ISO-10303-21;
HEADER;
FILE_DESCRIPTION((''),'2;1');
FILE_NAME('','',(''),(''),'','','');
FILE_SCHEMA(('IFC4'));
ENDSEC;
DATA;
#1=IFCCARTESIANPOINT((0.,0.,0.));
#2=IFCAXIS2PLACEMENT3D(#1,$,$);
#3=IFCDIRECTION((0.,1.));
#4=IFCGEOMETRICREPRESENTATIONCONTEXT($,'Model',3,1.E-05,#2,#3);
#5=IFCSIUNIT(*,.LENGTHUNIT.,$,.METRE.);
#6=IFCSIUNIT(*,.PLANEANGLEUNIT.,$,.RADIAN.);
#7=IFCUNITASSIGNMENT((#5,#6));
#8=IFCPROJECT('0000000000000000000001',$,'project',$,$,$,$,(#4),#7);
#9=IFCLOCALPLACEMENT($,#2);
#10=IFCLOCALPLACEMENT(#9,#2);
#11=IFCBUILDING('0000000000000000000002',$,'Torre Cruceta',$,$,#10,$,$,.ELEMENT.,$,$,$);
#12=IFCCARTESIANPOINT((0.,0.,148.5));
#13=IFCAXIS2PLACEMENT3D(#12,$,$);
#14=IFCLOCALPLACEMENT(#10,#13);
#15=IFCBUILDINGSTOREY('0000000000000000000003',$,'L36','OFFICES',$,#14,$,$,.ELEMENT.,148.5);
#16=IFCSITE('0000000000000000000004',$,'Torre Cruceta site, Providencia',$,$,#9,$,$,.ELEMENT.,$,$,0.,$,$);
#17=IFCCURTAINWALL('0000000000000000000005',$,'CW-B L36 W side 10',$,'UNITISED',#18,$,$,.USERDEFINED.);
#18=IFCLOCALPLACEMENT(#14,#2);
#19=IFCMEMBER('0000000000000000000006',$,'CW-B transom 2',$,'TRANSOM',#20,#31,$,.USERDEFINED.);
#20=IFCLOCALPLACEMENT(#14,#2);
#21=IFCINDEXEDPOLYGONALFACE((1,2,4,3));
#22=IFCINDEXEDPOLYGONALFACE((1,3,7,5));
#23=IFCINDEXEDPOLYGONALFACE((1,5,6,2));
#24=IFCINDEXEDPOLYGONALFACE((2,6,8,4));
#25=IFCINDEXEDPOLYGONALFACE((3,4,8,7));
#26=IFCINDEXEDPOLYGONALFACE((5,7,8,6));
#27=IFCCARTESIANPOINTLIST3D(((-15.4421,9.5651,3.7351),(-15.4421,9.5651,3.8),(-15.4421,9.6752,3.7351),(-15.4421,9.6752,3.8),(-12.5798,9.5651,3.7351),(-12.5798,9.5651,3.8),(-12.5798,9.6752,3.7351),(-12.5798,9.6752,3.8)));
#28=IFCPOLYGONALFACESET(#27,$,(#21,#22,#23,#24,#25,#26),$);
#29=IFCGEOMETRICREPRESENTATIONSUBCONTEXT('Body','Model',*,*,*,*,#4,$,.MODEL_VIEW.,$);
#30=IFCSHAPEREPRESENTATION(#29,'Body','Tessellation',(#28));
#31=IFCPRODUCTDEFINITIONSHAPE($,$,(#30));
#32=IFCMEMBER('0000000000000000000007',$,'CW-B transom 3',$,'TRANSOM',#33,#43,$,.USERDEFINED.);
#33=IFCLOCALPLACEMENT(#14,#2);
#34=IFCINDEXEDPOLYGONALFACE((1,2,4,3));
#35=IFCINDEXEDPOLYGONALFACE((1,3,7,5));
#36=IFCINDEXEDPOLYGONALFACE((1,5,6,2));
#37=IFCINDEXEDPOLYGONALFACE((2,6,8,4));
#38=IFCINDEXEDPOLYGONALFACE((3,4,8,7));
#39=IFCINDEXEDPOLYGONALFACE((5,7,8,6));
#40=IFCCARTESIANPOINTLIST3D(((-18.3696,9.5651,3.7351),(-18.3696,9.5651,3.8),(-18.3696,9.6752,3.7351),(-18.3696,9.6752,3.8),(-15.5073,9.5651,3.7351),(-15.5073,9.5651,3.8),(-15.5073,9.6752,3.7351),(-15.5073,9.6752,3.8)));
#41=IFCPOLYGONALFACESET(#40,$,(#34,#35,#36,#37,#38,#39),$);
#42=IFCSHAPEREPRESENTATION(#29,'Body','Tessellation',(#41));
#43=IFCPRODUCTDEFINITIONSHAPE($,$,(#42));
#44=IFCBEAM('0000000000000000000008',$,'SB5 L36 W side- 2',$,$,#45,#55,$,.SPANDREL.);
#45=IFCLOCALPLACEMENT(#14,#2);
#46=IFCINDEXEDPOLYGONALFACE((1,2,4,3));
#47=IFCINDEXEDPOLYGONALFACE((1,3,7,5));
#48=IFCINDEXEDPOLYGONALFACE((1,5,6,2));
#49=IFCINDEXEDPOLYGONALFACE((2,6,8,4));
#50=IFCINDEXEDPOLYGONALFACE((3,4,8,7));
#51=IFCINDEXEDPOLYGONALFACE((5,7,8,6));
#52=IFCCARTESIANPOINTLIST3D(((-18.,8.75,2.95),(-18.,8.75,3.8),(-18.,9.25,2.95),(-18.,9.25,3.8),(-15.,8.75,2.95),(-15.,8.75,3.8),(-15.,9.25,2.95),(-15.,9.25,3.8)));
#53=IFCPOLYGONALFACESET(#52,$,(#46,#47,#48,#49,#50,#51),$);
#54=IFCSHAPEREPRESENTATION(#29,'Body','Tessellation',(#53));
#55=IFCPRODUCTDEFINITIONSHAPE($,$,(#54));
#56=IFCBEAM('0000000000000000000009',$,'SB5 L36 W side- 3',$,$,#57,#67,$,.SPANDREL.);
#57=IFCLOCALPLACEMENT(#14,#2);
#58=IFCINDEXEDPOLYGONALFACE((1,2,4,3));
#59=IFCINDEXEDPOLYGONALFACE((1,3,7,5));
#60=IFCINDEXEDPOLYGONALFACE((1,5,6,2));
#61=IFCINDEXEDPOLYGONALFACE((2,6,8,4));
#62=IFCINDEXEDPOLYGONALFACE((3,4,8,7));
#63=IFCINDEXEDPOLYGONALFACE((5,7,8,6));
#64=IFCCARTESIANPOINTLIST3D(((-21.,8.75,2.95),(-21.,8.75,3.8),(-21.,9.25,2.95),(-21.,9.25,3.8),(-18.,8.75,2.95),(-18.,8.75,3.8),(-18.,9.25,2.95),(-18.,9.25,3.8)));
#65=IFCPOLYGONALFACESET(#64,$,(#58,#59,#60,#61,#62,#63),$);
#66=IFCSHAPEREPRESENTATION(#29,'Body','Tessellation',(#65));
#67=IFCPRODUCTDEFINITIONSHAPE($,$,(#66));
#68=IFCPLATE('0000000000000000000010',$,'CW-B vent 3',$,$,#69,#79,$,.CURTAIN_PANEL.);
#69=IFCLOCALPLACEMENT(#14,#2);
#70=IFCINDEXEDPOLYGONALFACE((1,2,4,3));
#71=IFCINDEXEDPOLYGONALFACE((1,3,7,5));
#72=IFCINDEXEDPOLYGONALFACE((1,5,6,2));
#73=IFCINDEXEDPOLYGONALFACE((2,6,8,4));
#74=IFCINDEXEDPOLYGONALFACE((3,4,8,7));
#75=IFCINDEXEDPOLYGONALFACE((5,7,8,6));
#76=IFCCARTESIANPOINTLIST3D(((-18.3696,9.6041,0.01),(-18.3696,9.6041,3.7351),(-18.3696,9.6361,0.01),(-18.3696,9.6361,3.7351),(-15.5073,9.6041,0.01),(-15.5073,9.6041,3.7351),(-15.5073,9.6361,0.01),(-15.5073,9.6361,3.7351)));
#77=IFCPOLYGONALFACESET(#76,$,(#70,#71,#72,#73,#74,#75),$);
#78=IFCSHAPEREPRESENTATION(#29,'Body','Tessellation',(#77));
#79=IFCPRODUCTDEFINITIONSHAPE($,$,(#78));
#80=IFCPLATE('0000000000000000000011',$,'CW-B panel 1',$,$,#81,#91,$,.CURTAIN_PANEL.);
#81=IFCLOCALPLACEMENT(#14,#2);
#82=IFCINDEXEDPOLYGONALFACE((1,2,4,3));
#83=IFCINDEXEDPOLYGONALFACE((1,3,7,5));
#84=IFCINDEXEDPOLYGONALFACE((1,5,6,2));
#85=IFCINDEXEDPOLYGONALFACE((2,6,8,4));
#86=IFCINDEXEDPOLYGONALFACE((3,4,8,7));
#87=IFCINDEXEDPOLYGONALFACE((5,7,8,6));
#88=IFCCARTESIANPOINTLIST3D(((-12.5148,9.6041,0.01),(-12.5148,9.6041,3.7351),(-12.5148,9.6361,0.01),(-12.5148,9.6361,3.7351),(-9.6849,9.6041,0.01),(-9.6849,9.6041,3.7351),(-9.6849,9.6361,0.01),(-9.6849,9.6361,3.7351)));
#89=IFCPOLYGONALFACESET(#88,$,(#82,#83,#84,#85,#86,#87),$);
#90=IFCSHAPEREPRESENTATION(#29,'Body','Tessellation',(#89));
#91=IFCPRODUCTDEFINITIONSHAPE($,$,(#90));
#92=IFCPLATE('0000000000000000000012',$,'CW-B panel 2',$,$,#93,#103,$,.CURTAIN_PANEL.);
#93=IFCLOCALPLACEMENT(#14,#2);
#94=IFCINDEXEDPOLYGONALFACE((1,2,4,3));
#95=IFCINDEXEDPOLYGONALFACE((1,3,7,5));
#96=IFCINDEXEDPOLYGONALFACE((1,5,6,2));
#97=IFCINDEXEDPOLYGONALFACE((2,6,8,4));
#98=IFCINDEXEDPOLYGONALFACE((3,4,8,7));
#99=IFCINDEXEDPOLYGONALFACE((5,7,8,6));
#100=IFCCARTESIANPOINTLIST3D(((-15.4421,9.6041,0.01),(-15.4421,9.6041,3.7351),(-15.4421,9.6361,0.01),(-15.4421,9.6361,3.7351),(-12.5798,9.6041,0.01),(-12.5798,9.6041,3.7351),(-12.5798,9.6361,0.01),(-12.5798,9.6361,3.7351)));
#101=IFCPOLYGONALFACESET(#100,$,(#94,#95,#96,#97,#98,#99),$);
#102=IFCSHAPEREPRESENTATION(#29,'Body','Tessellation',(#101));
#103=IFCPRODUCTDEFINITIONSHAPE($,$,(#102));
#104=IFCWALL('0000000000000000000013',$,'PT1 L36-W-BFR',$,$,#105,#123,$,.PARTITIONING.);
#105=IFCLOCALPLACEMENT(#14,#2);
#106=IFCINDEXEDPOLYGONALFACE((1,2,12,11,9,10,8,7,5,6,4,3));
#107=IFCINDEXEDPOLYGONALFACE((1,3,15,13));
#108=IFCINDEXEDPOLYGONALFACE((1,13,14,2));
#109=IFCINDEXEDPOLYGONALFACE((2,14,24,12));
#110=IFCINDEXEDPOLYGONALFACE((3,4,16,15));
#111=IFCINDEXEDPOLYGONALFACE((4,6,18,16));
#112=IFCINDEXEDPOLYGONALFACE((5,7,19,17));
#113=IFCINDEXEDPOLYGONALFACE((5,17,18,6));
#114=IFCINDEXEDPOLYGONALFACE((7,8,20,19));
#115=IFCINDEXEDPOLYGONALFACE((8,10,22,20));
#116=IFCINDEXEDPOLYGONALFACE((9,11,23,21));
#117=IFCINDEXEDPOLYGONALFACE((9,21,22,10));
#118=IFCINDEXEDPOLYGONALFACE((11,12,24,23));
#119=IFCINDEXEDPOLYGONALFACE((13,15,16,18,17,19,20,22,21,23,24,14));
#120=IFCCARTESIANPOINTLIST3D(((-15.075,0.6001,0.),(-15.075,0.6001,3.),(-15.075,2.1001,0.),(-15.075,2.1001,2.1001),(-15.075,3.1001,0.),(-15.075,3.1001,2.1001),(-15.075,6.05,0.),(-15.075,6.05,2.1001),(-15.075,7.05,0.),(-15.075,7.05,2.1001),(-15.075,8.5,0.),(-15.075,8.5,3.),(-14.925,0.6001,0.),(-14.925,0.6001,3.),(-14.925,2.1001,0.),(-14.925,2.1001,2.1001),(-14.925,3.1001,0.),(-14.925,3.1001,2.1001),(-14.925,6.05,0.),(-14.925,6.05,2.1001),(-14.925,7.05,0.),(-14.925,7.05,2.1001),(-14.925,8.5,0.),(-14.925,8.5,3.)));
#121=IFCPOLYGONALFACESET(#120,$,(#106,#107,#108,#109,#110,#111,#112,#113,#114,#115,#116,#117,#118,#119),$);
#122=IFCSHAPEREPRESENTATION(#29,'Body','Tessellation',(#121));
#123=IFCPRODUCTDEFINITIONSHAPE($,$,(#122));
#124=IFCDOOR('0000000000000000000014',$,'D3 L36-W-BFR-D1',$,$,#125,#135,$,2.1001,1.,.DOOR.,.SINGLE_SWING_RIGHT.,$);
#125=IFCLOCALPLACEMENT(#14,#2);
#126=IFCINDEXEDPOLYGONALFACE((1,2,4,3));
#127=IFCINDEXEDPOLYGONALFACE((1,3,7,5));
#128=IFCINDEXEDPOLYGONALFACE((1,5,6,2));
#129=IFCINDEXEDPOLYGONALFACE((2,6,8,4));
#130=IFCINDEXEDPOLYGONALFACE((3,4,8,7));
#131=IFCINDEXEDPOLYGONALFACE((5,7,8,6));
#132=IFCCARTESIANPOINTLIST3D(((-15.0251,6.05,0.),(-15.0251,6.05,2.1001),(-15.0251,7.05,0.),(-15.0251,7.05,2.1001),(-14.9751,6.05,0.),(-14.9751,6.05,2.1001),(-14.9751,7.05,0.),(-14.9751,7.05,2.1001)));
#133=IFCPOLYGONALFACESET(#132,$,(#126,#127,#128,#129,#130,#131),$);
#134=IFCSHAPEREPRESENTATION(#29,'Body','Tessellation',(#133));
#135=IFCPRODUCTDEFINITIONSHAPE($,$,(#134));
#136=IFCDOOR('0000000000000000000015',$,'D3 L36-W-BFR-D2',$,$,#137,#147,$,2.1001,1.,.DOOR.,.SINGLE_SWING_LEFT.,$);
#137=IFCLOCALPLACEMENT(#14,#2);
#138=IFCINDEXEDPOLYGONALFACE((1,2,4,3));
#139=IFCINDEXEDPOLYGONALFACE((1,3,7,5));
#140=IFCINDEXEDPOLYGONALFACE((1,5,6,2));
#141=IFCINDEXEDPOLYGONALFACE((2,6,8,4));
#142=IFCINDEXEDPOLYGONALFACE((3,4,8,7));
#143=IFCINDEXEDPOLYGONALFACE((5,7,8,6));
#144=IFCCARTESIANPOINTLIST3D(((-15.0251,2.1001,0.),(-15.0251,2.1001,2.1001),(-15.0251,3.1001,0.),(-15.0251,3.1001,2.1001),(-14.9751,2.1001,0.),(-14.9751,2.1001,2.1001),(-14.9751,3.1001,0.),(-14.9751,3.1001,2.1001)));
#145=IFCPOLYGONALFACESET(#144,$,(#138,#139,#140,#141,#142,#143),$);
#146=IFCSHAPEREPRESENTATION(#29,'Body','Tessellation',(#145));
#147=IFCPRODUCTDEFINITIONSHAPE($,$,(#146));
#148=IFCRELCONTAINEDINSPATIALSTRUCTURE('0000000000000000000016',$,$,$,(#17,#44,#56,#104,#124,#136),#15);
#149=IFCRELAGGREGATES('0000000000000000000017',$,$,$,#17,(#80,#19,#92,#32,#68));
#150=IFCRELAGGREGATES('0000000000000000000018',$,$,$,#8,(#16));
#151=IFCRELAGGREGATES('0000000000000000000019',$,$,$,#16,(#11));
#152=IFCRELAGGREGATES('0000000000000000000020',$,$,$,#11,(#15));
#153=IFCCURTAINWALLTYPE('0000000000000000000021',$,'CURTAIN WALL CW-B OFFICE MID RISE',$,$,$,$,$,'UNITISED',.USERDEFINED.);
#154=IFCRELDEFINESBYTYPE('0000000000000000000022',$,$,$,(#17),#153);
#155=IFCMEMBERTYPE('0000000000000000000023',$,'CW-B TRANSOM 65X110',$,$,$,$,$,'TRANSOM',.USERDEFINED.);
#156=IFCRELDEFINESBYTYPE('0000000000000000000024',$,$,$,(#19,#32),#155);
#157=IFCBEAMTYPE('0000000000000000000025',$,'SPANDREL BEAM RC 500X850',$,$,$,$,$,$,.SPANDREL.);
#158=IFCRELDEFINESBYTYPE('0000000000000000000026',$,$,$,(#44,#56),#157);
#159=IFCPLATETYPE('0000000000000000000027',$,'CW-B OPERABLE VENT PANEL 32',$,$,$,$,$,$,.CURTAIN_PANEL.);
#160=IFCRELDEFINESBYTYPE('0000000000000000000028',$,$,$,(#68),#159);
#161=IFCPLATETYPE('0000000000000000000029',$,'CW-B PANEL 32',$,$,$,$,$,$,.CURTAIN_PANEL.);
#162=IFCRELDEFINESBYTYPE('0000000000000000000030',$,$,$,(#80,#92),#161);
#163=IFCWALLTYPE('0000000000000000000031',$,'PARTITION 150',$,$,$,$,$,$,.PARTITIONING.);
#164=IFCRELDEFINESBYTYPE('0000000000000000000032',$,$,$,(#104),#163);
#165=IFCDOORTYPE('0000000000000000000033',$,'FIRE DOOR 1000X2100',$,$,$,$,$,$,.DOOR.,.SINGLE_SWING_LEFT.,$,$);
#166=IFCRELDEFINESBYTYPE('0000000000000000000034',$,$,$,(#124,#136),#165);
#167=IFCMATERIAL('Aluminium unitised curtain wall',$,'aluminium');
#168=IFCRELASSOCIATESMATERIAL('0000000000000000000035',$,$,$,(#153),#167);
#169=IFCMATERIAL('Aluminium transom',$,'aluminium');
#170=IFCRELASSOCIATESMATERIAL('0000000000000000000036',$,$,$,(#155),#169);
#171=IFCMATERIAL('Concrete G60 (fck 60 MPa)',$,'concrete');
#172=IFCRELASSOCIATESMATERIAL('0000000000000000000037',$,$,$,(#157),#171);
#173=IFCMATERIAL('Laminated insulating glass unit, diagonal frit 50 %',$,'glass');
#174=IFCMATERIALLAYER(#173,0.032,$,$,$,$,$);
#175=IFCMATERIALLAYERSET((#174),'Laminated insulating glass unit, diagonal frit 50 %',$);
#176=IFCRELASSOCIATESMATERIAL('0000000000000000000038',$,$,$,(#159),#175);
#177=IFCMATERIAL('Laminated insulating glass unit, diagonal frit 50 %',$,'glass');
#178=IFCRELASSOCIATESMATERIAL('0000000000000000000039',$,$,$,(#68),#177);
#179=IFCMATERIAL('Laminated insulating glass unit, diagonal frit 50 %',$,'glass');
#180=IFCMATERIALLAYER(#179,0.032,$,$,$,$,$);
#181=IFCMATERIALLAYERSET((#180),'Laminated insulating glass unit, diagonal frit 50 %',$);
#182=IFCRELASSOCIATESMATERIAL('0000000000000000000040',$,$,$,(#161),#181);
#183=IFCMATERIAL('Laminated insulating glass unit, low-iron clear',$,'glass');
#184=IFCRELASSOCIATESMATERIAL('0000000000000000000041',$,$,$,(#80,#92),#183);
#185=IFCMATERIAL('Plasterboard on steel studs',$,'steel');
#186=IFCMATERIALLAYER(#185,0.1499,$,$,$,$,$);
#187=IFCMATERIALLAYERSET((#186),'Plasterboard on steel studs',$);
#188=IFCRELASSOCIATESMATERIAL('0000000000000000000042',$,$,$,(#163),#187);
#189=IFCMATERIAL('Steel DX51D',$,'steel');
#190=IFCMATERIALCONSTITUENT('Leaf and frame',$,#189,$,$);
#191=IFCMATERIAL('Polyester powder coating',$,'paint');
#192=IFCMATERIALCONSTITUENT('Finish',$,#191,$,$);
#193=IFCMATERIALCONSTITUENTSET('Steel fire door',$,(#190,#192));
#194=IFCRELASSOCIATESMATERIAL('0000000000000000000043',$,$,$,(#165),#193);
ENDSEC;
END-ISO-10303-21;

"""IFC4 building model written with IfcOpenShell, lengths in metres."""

from ifc_helpers import new_model, si_unit, direction, frame, frame_2d, origin, origin_2d, place, context, subcontext, project, spatial, rectangle, extrude, material, layer, layer_set, constituent, constituent_set, material_profile, profile_set, type_object, element, fill, aggregate, save


model = new_model("IFC4")

# Units and contexts
model_context = context("Model", 3, precision=1e-05, world=origin(), true_north=direction((0.0, 1.0)))
body_context = subcontext(model_context, "Body", "Model", "MODEL_VIEW")
ifc_project = project(units=[si_unit("LENGTHUNIT", "METRE"), si_unit("PLANEANGLEUNIT", "RADIAN")], contexts=[model_context])

# Site, building, storey
site_placement = place(None, origin())
site = spatial("IfcSite", under=ifc_project, at=site_placement, Name="Torre Cruceta site, Providencia", CompositionType="ELEMENT", RefElevation=0.0)
building_placement = place(site_placement, origin())
building = spatial("IfcBuilding", under=site, at=building_placement, Name="Torre Cruceta", CompositionType="ELEMENT")
storey_placement = place(building_placement, frame((0.0, 0.0, 148.5)))
storey = spatial("IfcBuildingStorey", under=building, at=storey_placement, Name="L36", Description="OFFICES", CompositionType="ELEMENT", Elevation=148.5)

# Curtain wall, members
ifc_material_1 = material(Name="Aluminium unitised curtain wall", Category="aluminium")
curtain_wall_type = type_object("IfcCurtainWallType", Name="CURTAIN WALL CW-B OFFICE MID RISE", ElementType="UNITISED", PredefinedType="USERDEFINED", material=ifc_material_1)
curtain_wall_placement = place(storey_placement, origin())
curtain_wall = element("IfcCurtainWall", 1, at=curtain_wall_placement, inside=storey, type_object=curtain_wall_type, Name="CW-B L36 W side 10", ObjectType="UNITISED", PredefinedType="USERDEFINED")
ifc_material_2 = material(Name="Aluminium transom", Category="aluminium")
ifc_material_profile_1 = material_profile(ifc_material_2, rectangle(XDim=0.1101, YDim=0.0649, at=origin_2d()), Name="AL 110X65")
ifc_profile_set_1 = profile_set([ifc_material_profile_1], Name="Aluminium transom")
member_type_1 = type_object("IfcMemberType", Name="CW-B TRANSOM 65X110", ElementType="TRANSOM", PredefinedType="USERDEFINED", material=ifc_profile_set_1)
member_1_placement = place(storey_placement, frame((-12.5798, 9.6201, 3.7676), z_axis=(-1.0, 0.0, 0.0), x_axis=(0.0, -1.0, 0.0)))
member_1 = element("IfcMember", 2, at=member_1_placement, type_object=member_type_1, Name="CW-B transom 2", ObjectType="TRANSOM", PredefinedType="USERDEFINED", context=body_context, shape_type="SweptSolid", body=[
    extrude(rectangle(XDim=0.1101, YDim=0.0649, at=origin_2d()), origin(), (0.0, 0.0, 1.0), 2.8623),
])
member_2_placement = place(storey_placement, frame((-15.5073, 9.6201, 3.7676), z_axis=(-1.0, 0.0, 0.0), x_axis=(0.0, -1.0, 0.0)))
member_2 = element("IfcMember", 3, at=member_2_placement, type_object=member_type_1, Name="CW-B transom 3", ObjectType="TRANSOM", PredefinedType="USERDEFINED", context=body_context, shape_type="SweptSolid", body=[
    extrude(rectangle(XDim=0.1101, YDim=0.0649, at=origin_2d()), origin(), (0.0, 0.0, 1.0), 2.8623),
])

# Beams
ifc_material_3 = material(Name="Concrete G60 (fck 60 MPa)", Category="concrete")
ifc_material_profile_2 = material_profile(ifc_material_3, rectangle(XDim=0.5, YDim=0.8501, at=origin_2d()), Name="RC 500X850")
ifc_profile_set_2 = profile_set([ifc_material_profile_2], Name="Concrete G60 (fck 60 MPa)")
beam_type_1 = type_object("IfcBeamType", Name="SPANDREL BEAM RC 500X850", PredefinedType="SPANDREL", material=ifc_profile_set_2)
for number, where, z_axis, x_axis, name in (
    (4, (-15.0, 9.0, 3.375), (-1.0, 0.0, 0.0), (0.0, -1.0, 0.0), "SB5 L36 W side- 2"),
    (5, (-18.0, 9.0, 3.375), (-1.0, 0.0, 0.0), (0.0, -1.0, 0.0), "SB5 L36 W side- 3"),
):
    element("IfcBeam", number, at=place(storey_placement, frame(where, z_axis=z_axis, x_axis=x_axis)), inside=storey, type_object=beam_type_1, Name=name, PredefinedType="SPANDREL", context=body_context, shape_type="SweptSolid", body=[
        extrude(rectangle(XDim=0.5, YDim=0.8501, at=origin_2d()), origin(), (0.0, 0.0, 1.0), 3.0),
    ])

# Plates
ifc_material_4 = material(Name="Laminated insulating glass unit, diagonal frit 50 %", Category="glass")
ifc_material_5 = material(Name="Laminated insulating glass unit, diagonal frit 50 %", Category="glass")
ifc_layer_1 = layer(ifc_material_5, 0.032)
ifc_layer_set_1 = layer_set([ifc_layer_1], Name="Laminated insulating glass unit, diagonal frit 50 %")
plate_type_1 = type_object("IfcPlateType", Name="CW-B OPERABLE VENT PANEL 32", PredefinedType="CURTAIN_PANEL", material=ifc_layer_set_1)
plate_1_placement = place(storey_placement, frame((-16.9385, 9.6201, 0.01), z_axis=(0.0, 0.0, 1.0), x_axis=(-1.0, 0.0, 0.0)))
plate_1 = element("IfcPlate", 6, at=plate_1_placement, type_object=plate_type_1, material=ifc_material_4, Name="CW-B vent 3", PredefinedType="CURTAIN_PANEL", context=body_context, shape_type="SweptSolid", body=[
    extrude(rectangle(XDim=2.8623, YDim=0.032, at=origin_2d()), origin(), (0.0, 0.0, 1.0), 3.7251),
])
ifc_material_6 = material(Name="Laminated insulating glass unit, low-iron clear", Category="glass")
ifc_material_7 = material(Name="Laminated insulating glass unit, diagonal frit 50 %", Category="glass")
ifc_layer_2 = layer(ifc_material_7, 0.032)
ifc_layer_set_2 = layer_set([ifc_layer_2], Name="Laminated insulating glass unit, diagonal frit 50 %")
plate_type_2 = type_object("IfcPlateType", Name="CW-B PANEL 32", PredefinedType="CURTAIN_PANEL", material=ifc_layer_set_2)
plate_2_placement = place(storey_placement, frame((-11.0999, 9.6201, 0.01), z_axis=(0.0, 0.0, 1.0), x_axis=(-1.0, 0.0, 0.0)))
plate_2 = element("IfcPlate", 7, at=plate_2_placement, type_object=plate_type_2, material=ifc_material_6, Name="CW-B panel 1", PredefinedType="CURTAIN_PANEL", context=body_context, shape_type="SweptSolid", body=[
    extrude(rectangle(XDim=2.8298, YDim=0.032, at=origin_2d()), origin(), (0.0, 0.0, 1.0), 3.7251),
])
plate_3_placement = place(storey_placement, frame((-14.011, 9.6201, 0.01), z_axis=(0.0, 0.0, 1.0), x_axis=(-1.0, 0.0, 0.0)))
plate_3 = element("IfcPlate", 8, at=plate_3_placement, type_object=plate_type_2, material=ifc_material_6, Name="CW-B panel 2", PredefinedType="CURTAIN_PANEL", context=body_context, shape_type="SweptSolid", body=[
    extrude(rectangle(XDim=2.8623, YDim=0.032, at=origin_2d()), origin(), (0.0, 0.0, 1.0), 3.7251),
])
aggregate(curtain_wall, [plate_2, member_1, plate_3, member_2, plate_1])

# Wall, openings, doors
ifc_material_8 = material(Name="Plasterboard on steel studs", Category="steel")
ifc_layer_3 = layer(ifc_material_8, 0.1499)
ifc_layer_set_3 = layer_set([ifc_layer_3], Name="Plasterboard on steel studs")
wall_type = type_object("IfcWallType", Name="PARTITION 150", PredefinedType="PARTITIONING", material=ifc_layer_set_3)
wall_placement = place(storey_placement, frame((-15.0, 8.5, 0.0), z_axis=(0.0, 0.0, 1.0), x_axis=(0.0, -1.0, 0.0)))
wall = element("IfcWall", 9, at=wall_placement, inside=storey, type_object=wall_type, Name="PT1 L36-W-BFR", PredefinedType="PARTITIONING", context=body_context, shape_type="SweptSolid", body=[
    extrude(rectangle(XDim=7.8999, YDim=0.1499, at=frame_2d((3.95, 0.0))), origin(), (0.0, 0.0, 1.0), 3.0),
])
opening_1_placement = place(wall_placement, frame((1.45, 0.0, 0.0)))
opening_1 = element("IfcOpeningElement", 10, at=opening_1_placement, cuts=wall, PredefinedType="OPENING", context=body_context, shape_type="SweptSolid", body=[
    extrude(rectangle(XDim=1.0, YDim=2.1001, at=frame_2d((0.5, 1.05))), frame((0.0, 0.085, 0.0), z_axis=(0.0, -1.0, 0.0), x_axis=(1.0, 0.0, 0.0)), (0.0, 0.0, 1.0), 0.1699),
])
opening_2_placement = place(wall_placement, frame((5.3999, 0.0, 0.0)))
opening_2 = element("IfcOpeningElement", 11, at=opening_2_placement, cuts=wall, PredefinedType="OPENING", context=body_context, shape_type="SweptSolid", body=[
    extrude(rectangle(XDim=1.0, YDim=2.1001, at=frame_2d((0.5, 1.05))), frame((0.0, 0.085, 0.0), z_axis=(0.0, -1.0, 0.0), x_axis=(1.0, 0.0, 0.0)), (0.0, 0.0, 1.0), 0.1699),
])
ifc_material_9 = material(Name="Steel DX51D", Category="steel")
ifc_constituent_1 = constituent(ifc_material_9, Name="Leaf and frame")
ifc_material_10 = material(Name="Polyester powder coating", Category="paint")
ifc_constituent_2 = constituent(ifc_material_10, Name="Finish")
ifc_constituent_set = constituent_set(constituents=[ifc_constituent_1, ifc_constituent_2], Name="Steel fire door")
door_type = type_object("IfcDoorType", Name="FIRE DOOR 1000X2100", OperationType="SINGLE_SWING_LEFT", PredefinedType="DOOR", material=ifc_constituent_set)
door_1_placement = place(opening_1_placement, origin())
door_1 = element("IfcDoor", 12, at=door_1_placement, inside=storey, type_object=door_type, Name="D3 L36-W-BFR-D1", OperationType="SINGLE_SWING_RIGHT", OverallHeight=2.1001, OverallWidth=1.0, PredefinedType="DOOR", context=body_context, shape_type="SweptSolid", body=[
    extrude(rectangle(XDim=1.0, YDim=2.1001, at=frame_2d((0.5, 1.05))), frame((0.0, 0.0249, 0.0), z_axis=(0.0, -1.0, 0.0), x_axis=(1.0, 0.0, 0.0)), (0.0, 0.0, 1.0), 0.05),
])
fill(opening_1, door_1)
door_2_placement = place(opening_2_placement, origin())
door_2 = element("IfcDoor", 13, at=door_2_placement, inside=storey, type_object=door_type, Name="D3 L36-W-BFR-D2", OperationType="SINGLE_SWING_LEFT", OverallHeight=2.1001, OverallWidth=1.0, PredefinedType="DOOR", context=body_context, shape_type="SweptSolid", body=[
    extrude(rectangle(XDim=1.0, YDim=2.1001, at=frame_2d((0.5, 1.05))), frame((0.0, 0.0249, 0.0), z_axis=(0.0, -1.0, 0.0), x_axis=(1.0, 0.0, 0.0)), (0.0, 0.0, 1.0), 0.05),
])
fill(opening_2, door_2)

save(model, "model.ifc")
